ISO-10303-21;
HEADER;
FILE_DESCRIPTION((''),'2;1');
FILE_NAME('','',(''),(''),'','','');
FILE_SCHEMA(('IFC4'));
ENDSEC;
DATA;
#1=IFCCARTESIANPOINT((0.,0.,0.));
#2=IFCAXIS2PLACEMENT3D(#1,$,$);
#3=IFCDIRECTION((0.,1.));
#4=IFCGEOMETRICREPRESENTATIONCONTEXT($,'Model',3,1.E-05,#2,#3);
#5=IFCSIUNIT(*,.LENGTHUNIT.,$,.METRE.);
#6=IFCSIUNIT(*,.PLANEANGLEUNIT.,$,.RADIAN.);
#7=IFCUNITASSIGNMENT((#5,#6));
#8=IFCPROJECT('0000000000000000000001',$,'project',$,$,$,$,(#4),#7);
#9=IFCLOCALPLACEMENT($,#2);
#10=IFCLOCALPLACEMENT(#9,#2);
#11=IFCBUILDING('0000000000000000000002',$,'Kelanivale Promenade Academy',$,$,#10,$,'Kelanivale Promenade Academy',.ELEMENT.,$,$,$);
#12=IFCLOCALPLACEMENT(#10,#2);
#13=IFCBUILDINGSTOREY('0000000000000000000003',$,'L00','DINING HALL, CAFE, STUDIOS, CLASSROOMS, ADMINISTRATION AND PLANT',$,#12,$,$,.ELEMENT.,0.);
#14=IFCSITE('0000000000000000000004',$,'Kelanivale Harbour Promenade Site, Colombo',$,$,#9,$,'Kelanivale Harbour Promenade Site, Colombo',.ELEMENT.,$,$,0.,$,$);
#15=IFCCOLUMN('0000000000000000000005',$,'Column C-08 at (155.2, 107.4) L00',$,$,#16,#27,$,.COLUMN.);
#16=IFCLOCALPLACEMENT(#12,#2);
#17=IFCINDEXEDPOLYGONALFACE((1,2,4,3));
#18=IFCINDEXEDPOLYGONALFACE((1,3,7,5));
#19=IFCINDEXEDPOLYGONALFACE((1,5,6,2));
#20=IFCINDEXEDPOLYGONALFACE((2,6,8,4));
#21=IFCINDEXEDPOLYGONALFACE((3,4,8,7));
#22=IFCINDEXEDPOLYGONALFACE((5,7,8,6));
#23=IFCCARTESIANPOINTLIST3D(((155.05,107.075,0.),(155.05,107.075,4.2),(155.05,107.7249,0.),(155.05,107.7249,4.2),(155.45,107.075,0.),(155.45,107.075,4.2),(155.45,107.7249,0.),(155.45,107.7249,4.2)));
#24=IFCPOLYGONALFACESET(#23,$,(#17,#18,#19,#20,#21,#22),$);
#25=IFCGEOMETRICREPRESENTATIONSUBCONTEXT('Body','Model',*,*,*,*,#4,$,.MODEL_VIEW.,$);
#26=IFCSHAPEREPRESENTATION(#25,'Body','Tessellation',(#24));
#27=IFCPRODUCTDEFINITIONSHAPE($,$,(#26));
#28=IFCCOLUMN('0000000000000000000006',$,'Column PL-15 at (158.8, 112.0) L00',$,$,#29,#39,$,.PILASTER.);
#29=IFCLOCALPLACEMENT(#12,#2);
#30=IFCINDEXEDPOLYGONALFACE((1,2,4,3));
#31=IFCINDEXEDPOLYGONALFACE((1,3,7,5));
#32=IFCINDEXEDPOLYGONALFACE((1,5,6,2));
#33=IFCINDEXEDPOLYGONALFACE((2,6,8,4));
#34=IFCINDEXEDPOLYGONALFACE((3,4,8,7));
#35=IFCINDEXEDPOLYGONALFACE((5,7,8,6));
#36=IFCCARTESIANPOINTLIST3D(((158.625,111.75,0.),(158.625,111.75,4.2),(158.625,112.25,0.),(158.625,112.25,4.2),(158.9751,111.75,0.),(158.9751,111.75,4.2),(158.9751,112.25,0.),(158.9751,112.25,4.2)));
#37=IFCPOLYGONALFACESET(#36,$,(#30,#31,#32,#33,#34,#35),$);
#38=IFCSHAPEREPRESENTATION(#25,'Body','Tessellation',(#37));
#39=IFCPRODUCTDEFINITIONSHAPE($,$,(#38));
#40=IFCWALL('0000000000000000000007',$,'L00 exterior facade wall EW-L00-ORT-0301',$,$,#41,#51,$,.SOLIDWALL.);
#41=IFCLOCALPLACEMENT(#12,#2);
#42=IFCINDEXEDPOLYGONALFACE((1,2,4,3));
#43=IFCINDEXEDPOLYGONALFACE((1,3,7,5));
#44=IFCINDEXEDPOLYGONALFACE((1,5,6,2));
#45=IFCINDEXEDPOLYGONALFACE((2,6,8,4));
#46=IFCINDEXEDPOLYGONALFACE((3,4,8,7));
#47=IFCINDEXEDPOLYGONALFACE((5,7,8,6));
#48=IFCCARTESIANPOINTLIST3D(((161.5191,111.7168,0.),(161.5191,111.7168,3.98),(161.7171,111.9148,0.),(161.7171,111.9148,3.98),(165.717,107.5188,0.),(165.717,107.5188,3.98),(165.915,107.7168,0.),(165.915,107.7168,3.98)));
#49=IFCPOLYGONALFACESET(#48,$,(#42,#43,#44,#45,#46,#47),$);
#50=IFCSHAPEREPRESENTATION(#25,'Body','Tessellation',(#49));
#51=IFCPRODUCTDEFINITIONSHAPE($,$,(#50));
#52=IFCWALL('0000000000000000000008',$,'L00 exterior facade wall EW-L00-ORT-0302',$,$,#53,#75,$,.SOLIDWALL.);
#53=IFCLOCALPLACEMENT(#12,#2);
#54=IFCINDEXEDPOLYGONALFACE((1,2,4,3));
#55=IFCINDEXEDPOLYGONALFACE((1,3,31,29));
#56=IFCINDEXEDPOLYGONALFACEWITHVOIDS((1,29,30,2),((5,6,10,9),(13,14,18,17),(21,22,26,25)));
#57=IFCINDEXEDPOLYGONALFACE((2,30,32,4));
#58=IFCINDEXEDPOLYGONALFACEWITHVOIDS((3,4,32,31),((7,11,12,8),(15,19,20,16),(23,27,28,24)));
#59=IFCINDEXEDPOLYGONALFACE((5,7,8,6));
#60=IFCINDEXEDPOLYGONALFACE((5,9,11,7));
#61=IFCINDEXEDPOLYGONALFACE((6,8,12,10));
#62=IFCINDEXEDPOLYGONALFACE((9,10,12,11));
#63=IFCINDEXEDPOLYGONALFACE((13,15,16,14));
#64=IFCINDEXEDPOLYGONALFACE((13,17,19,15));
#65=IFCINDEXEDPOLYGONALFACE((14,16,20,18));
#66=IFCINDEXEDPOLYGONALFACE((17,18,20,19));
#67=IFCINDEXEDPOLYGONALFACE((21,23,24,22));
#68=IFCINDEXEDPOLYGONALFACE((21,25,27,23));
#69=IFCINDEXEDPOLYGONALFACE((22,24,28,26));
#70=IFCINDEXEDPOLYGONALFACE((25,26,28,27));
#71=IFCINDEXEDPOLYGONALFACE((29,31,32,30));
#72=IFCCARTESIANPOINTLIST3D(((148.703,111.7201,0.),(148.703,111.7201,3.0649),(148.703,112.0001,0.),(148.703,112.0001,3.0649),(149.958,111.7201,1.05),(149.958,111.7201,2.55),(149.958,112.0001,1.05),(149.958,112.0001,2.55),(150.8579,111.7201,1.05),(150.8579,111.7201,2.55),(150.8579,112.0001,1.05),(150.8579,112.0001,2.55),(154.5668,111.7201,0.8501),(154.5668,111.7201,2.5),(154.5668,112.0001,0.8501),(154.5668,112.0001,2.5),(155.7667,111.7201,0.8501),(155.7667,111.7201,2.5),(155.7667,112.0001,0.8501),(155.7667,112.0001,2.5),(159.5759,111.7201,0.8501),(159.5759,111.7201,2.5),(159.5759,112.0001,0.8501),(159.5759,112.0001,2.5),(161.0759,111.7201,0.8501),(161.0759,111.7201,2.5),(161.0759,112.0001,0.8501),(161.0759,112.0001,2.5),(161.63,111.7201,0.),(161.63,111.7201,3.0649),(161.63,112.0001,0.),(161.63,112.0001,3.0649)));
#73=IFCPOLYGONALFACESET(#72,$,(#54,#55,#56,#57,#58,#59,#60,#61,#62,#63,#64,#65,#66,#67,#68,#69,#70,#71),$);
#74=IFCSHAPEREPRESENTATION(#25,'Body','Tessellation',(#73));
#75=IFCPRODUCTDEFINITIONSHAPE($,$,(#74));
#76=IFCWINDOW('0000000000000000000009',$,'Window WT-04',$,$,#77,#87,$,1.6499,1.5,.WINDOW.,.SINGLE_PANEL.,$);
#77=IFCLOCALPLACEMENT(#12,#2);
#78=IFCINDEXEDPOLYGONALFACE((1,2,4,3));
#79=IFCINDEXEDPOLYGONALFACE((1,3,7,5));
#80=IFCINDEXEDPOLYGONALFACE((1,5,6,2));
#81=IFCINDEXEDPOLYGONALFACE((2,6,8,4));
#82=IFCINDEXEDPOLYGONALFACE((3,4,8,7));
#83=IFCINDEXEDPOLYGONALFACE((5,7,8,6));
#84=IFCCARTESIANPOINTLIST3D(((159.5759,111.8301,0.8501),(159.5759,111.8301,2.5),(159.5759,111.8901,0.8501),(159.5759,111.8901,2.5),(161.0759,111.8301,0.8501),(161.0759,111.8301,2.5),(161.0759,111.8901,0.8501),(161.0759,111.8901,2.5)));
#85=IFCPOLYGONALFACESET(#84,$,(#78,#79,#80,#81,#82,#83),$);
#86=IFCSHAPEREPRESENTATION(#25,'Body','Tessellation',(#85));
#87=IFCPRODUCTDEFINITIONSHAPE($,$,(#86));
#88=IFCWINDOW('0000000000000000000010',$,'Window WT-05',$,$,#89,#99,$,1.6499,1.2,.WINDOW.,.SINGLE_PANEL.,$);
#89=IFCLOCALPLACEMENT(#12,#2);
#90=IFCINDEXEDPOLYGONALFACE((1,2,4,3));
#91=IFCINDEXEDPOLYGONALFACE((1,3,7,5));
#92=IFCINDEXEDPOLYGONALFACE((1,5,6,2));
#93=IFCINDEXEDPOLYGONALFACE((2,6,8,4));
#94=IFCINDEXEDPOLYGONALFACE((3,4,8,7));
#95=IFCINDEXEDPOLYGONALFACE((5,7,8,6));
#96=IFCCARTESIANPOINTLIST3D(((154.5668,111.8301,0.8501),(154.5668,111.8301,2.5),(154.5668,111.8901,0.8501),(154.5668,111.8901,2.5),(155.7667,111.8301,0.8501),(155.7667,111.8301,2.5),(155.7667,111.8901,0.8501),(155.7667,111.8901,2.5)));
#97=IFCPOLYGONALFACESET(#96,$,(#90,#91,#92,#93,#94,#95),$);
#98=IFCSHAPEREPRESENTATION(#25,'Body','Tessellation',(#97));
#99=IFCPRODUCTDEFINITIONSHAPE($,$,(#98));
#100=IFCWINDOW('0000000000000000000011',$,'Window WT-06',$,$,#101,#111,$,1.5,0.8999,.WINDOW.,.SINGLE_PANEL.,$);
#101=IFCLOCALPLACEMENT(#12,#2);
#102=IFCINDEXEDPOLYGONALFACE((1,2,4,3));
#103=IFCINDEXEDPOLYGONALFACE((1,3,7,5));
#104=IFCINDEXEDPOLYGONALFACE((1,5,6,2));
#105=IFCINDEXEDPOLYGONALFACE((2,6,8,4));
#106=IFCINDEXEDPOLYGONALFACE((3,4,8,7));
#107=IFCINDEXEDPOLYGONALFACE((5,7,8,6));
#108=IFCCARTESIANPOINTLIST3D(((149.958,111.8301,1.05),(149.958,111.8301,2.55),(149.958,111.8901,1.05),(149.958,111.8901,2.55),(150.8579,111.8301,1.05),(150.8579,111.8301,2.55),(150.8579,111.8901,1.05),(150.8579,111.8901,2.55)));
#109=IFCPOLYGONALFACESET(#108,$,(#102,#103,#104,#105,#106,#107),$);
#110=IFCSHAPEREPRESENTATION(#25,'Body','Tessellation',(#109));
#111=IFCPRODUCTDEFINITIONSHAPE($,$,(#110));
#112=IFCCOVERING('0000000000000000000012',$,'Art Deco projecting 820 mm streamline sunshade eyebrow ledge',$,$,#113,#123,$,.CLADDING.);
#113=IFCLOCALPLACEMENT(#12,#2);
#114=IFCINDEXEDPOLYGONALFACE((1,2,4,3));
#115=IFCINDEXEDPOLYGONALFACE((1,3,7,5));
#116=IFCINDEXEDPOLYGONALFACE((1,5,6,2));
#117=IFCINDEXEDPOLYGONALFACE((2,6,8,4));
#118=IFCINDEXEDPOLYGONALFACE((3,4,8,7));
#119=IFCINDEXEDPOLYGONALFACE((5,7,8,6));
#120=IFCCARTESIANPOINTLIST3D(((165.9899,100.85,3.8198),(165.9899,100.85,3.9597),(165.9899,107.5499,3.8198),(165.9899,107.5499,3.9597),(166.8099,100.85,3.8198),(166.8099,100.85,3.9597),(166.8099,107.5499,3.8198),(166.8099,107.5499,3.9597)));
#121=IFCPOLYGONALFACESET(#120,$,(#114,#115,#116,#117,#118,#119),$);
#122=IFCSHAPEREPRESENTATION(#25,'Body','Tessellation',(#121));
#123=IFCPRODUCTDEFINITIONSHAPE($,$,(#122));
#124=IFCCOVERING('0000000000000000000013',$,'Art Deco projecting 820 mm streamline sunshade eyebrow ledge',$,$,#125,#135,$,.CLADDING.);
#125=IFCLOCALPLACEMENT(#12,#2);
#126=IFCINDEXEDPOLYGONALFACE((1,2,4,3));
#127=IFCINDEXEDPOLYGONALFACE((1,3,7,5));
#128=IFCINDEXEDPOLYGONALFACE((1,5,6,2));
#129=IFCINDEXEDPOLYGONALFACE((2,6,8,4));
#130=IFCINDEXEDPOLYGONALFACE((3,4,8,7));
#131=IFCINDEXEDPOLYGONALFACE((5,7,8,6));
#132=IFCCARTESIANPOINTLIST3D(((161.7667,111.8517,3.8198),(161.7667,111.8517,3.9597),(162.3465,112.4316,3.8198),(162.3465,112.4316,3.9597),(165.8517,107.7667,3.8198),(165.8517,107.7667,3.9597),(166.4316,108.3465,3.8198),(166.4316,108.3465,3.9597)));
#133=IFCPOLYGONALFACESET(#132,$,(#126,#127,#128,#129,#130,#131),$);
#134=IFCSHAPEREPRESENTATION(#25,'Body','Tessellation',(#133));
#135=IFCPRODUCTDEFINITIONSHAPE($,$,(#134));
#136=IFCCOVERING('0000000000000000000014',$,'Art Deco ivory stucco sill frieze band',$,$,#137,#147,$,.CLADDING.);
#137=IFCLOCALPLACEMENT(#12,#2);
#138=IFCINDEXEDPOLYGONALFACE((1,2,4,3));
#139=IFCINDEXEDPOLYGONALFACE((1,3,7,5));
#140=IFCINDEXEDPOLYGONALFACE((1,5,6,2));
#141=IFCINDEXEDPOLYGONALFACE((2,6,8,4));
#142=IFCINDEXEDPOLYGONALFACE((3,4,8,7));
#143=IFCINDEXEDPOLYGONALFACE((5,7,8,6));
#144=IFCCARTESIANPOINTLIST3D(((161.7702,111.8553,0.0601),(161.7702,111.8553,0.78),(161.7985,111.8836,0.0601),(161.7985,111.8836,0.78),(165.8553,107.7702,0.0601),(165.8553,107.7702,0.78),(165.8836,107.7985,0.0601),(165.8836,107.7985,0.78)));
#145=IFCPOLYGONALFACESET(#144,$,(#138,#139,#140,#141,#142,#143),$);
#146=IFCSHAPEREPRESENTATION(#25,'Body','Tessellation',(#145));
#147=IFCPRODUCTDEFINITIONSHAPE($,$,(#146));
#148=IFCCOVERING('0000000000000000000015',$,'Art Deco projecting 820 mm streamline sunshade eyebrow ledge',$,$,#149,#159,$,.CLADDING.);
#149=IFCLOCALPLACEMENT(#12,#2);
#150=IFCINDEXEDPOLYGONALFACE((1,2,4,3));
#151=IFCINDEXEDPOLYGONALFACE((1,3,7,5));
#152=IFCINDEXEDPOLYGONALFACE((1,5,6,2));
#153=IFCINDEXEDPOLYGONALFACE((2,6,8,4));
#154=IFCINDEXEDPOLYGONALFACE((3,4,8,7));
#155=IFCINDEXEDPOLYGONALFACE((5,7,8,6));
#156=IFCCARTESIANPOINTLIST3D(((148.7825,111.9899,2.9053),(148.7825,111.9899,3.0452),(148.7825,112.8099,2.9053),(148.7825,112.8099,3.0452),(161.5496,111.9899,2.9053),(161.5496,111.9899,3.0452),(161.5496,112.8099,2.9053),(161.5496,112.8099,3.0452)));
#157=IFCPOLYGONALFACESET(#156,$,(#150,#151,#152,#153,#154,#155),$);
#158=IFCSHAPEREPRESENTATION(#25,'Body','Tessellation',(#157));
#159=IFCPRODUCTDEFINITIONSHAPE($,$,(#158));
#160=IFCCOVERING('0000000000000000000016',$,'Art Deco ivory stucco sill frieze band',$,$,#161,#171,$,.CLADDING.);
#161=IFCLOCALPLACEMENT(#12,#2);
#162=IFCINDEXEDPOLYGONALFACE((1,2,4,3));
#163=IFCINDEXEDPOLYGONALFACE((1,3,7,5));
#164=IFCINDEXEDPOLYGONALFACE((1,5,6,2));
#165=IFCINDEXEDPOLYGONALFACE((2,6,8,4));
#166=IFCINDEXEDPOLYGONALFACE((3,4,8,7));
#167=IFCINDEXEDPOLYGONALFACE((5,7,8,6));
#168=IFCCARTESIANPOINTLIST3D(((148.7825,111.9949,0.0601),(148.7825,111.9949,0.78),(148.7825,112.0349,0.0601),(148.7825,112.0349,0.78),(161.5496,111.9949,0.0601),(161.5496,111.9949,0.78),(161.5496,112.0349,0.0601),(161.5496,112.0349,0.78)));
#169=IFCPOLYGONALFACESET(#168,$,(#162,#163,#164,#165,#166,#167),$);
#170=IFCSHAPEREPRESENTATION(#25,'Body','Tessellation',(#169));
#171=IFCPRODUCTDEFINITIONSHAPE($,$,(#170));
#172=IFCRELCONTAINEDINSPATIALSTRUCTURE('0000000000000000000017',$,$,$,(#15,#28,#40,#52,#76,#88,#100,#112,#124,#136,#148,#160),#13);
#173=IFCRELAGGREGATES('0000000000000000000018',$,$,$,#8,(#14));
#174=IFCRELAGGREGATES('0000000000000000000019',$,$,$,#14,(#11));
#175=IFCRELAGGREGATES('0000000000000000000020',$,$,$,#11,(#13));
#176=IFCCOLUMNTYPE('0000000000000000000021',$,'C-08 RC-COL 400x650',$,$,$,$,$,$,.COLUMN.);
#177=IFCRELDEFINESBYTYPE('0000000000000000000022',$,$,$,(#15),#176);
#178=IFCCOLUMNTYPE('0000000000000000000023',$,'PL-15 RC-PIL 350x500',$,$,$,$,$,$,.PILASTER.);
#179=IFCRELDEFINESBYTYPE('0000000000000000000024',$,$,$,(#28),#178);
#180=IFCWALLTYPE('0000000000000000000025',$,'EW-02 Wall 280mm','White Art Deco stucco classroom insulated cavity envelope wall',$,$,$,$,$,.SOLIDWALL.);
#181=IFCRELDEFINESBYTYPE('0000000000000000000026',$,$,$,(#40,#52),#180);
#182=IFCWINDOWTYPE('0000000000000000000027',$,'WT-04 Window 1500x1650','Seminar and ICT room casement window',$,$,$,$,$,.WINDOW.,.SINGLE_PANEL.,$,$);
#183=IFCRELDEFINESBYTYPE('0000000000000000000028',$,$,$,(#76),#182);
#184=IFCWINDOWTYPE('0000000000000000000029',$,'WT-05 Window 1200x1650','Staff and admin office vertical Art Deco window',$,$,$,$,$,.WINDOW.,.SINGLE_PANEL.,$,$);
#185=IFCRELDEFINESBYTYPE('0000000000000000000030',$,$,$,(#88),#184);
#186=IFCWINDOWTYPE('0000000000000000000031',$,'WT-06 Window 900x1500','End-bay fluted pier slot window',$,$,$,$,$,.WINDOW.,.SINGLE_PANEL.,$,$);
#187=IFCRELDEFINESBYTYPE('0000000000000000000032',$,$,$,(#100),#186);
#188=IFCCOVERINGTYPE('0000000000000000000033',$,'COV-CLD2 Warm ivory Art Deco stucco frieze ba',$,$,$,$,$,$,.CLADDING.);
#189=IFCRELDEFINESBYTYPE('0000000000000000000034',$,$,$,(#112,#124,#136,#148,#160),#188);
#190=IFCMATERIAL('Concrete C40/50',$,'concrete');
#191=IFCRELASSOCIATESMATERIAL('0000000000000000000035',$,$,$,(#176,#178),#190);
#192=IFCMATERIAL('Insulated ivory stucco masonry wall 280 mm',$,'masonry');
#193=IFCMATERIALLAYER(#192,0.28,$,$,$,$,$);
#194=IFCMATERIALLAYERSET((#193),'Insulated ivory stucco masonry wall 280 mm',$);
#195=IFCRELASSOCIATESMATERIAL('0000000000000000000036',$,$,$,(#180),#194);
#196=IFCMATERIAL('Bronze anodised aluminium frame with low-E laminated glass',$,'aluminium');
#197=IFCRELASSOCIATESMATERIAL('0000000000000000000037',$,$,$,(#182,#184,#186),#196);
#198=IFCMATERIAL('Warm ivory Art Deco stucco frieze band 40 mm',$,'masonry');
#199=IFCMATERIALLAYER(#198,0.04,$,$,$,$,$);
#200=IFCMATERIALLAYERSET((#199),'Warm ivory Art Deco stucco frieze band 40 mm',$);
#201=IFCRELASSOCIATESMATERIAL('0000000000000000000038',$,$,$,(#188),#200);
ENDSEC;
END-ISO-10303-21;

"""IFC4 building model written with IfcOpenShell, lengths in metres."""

from ifc_helpers import new_model, si_unit, direction, frame, frame_2d, origin, origin_2d, place, context, subcontext, project, spatial, rectangle, extrude, material, layer, layer_set, material_profile, profile_set, type_object, element, fill, save


model = new_model("IFC4")

# Units and contexts
model_context = context("Model", 3, precision=1e-05, world=origin(), true_north=direction((0.0, 1.0)))
body_context = subcontext(model_context, "Body", "Model", "MODEL_VIEW")
ifc_project = project(units=[si_unit("LENGTHUNIT", "METRE"), si_unit("PLANEANGLEUNIT", "RADIAN")], contexts=[model_context])

# Site, building, storey
site_placement = place(None, origin())
site = spatial("IfcSite", under=ifc_project, at=site_placement, Name="Kelanivale Harbour Promenade Site, Colombo", LongName="Kelanivale Harbour Promenade Site, Colombo", CompositionType="ELEMENT", RefElevation=0.0)
building_placement = place(site_placement, origin())
building = spatial("IfcBuilding", under=site, at=building_placement, Name="Kelanivale Promenade Academy", LongName="Kelanivale Promenade Academy", CompositionType="ELEMENT")
storey_placement = place(building_placement, origin())
storey = spatial("IfcBuildingStorey", under=building, at=storey_placement, Name="L00", Description="DINING HALL, CAFE, STUDIOS, CLASSROOMS, ADMINISTRATION AND PLANT", CompositionType="ELEMENT", Elevation=0.0)

# Columns
ifc_material_1 = material(Name="Concrete C40/50", Category="concrete")
ifc_material_profile_1 = material_profile(ifc_material_1, rectangle(XDim=0.3999, YDim=0.6499, at=origin_2d()), Name="RC-COL 400x650")
ifc_profile_set_1 = profile_set([ifc_material_profile_1], Name="Concrete C40/50")
column_type_1 = type_object("IfcColumnType", Name="C-08 RC-COL 400x650", PredefinedType="COLUMN", material=ifc_profile_set_1)
column_1_placement = place(storey_placement, frame((155.25, 107.3999, 0.0), z_axis=(0.0, 0.0, 1.0), x_axis=(1.0, 0.0, 0.0)))
element("IfcColumn", 1, at=column_1_placement, inside=storey, type_object=column_type_1, Name="Column C-08 at (155.2, 107.4) L00", PredefinedType="COLUMN", context=body_context, shape_type="SweptSolid", body=[
    extrude(rectangle(XDim=0.3999, YDim=0.6499, at=origin_2d()), origin(), (0.0, 0.0, 1.0), 4.2),
])
ifc_material_profile_2 = material_profile(ifc_material_1, rectangle(XDim=0.3501, YDim=0.5, at=origin_2d()), Name="RC-PIL 350x500")
ifc_profile_set_2 = profile_set([ifc_material_profile_2], Name="Concrete C40/50")
column_type_2 = type_object("IfcColumnType", Name="PL-15 RC-PIL 350x500", PredefinedType="PILASTER", material=ifc_profile_set_2)
column_2_placement = place(storey_placement, frame((158.8, 112.0, 0.0), z_axis=(0.0, 0.0, 1.0), x_axis=(1.0, 0.0, 0.0)))
element("IfcColumn", 2, at=column_2_placement, inside=storey, type_object=column_type_2, Name="Column PL-15 at (158.8, 112.0) L00", PredefinedType="PILASTER", context=body_context, shape_type="SweptSolid", body=[
    extrude(rectangle(XDim=0.3501, YDim=0.5, at=origin_2d()), origin(), (0.0, 0.0, 1.0), 4.2),
])

# Wall
ifc_material_2 = material(Name="Insulated ivory stucco masonry wall 280 mm", Category="masonry")
ifc_layer_1 = layer(ifc_material_2, 0.28)
ifc_layer_set_1 = layer_set([ifc_layer_1], Name="Insulated ivory stucco masonry wall 280 mm")
wall_type = type_object("IfcWallType", Name="EW-02 Wall 280mm", Description="White Art Deco stucco classroom insulated cavity envelope wall", PredefinedType="SOLIDWALL", material=ifc_layer_set_1)
wall_1_placement = place(storey_placement, frame((165.8159, 107.6179, 0.0), z_axis=(0.0, 0.0, 1.0), x_axis=(-0.707107, 0.707107, 0.0)))
element("IfcWall", 3, at=wall_1_placement, inside=storey, type_object=wall_type, Name="L00 exterior facade wall EW-L00-ORT-0301", PredefinedType="SOLIDWALL", context=body_context, shape_type="SweptSolid", body=[
    extrude(rectangle(XDim=5.9368, YDim=0.28, at=frame_2d((2.9683, 0.0))), origin(), (0.0, 0.0, 1.0), 3.98),
])

# Wall, openings, windows
wall_2_placement = place(storey_placement, frame((161.6299, 111.8601, 0.0), z_axis=(0.0, 0.0, 1.0), x_axis=(-1.0, 0.0, 0.0)))
wall_2 = element("IfcWall", 4, at=wall_2_placement, inside=storey, type_object=wall_type, Name="L00 exterior facade wall EW-L00-ORT-0302", PredefinedType="SOLIDWALL", context=body_context, shape_type="SweptSolid", body=[
    extrude(rectangle(XDim=12.927, YDim=0.28, at=frame_2d((6.4634, 0.0))), origin(), (0.0, 0.0, 1.0), 3.0649),
])
opening_1_placement = place(wall_2_placement, frame((0.554, 0.0, 0.8501)))
opening_1 = element("IfcOpeningElement", 5, at=opening_1_placement, cuts=wall_2, PredefinedType="OPENING", context=body_context, shape_type="SweptSolid", body=[
    extrude(rectangle(XDim=1.5, YDim=1.6499, at=frame_2d((0.75, 0.825))), frame((0.0, 0.1499, 0.0), z_axis=(0.0, -1.0, 0.0), x_axis=(1.0, 0.0, 0.0)), (0.0, 0.0, 1.0), 0.3),
])
opening_2_placement = place(wall_2_placement, frame((5.863, 0.0, 0.8501)))
opening_2 = element("IfcOpeningElement", 6, at=opening_2_placement, cuts=wall_2, PredefinedType="OPENING", context=body_context, shape_type="SweptSolid", body=[
    extrude(rectangle(XDim=1.2, YDim=1.6499, at=frame_2d((0.6001, 0.825))), frame((0.0, 0.1499, 0.0), z_axis=(0.0, -1.0, 0.0), x_axis=(1.0, 0.0, 0.0)), (0.0, 0.0, 1.0), 0.3),
])
opening_3_placement = place(wall_2_placement, frame((10.772, 0.0, 1.05)))
opening_3 = element("IfcOpeningElement", 7, at=opening_3_placement, cuts=wall_2, PredefinedType="OPENING", context=body_context, shape_type="SweptSolid", body=[
    extrude(rectangle(XDim=0.8999, YDim=1.5, at=frame_2d((0.45, 0.75))), frame((0.0, 0.1499, 0.0), z_axis=(0.0, -1.0, 0.0), x_axis=(1.0, 0.0, 0.0)), (0.0, 0.0, 1.0), 0.3),
])
ifc_material_3 = material(Name="Bronze anodised aluminium frame with low-E laminated glass", Category="aluminium")
window_type_1 = type_object("IfcWindowType", Name="WT-04 Window 1500x1650", Description="Seminar and ICT room casement window", PartitioningType="SINGLE_PANEL", PredefinedType="WINDOW", material=ifc_material_3)
window_1_placement = place(opening_1_placement, origin())
window_1 = element("IfcWindow", 8, at=window_1_placement, inside=storey, type_object=window_type_1, Name="Window WT-04", OverallHeight=1.6499, OverallWidth=1.5, PartitioningType="SINGLE_PANEL", PredefinedType="WINDOW", context=body_context, shape_type="SweptSolid", body=[
    extrude(rectangle(XDim=1.5, YDim=1.6499, at=frame_2d((0.75, 0.825))), frame((0.0, 0.03, 0.0), z_axis=(0.0, -1.0, 0.0), x_axis=(1.0, 0.0, 0.0)), (0.0, 0.0, 1.0), 0.0601),
])
fill(opening_1, window_1)
window_type_2 = type_object("IfcWindowType", Name="WT-05 Window 1200x1650", Description="Staff and admin office vertical Art Deco window", PartitioningType="SINGLE_PANEL", PredefinedType="WINDOW", material=ifc_material_3)
window_2_placement = place(opening_2_placement, origin())
window_2 = element("IfcWindow", 9, at=window_2_placement, inside=storey, type_object=window_type_2, Name="Window WT-05", OverallHeight=1.6499, OverallWidth=1.2, PartitioningType="SINGLE_PANEL", PredefinedType="WINDOW", context=body_context, shape_type="SweptSolid", body=[
    extrude(rectangle(XDim=1.2, YDim=1.6499, at=frame_2d((0.6001, 0.825))), frame((0.0, 0.03, 0.0), z_axis=(0.0, -1.0, 0.0), x_axis=(1.0, 0.0, 0.0)), (0.0, 0.0, 1.0), 0.0601),
])
fill(opening_2, window_2)
window_type_3 = type_object("IfcWindowType", Name="WT-06 Window 900x1500", Description="End-bay fluted pier slot window", PartitioningType="SINGLE_PANEL", PredefinedType="WINDOW", material=ifc_material_3)
window_3_placement = place(opening_3_placement, origin())
window_3 = element("IfcWindow", 10, at=window_3_placement, inside=storey, type_object=window_type_3, Name="Window WT-06", OverallHeight=1.5, OverallWidth=0.8999, PartitioningType="SINGLE_PANEL", PredefinedType="WINDOW", context=body_context, shape_type="SweptSolid", body=[
    extrude(rectangle(XDim=0.8999, YDim=1.5, at=frame_2d((0.45, 0.75))), frame((0.0, 0.03, 0.0), z_axis=(0.0, -1.0, 0.0), x_axis=(1.0, 0.0, 0.0)), (0.0, 0.0, 1.0), 0.0601),
])
fill(opening_3, window_3)

# Coverings
ifc_material_4 = material(Name="Warm ivory Art Deco stucco frieze band 40 mm", Category="masonry")
ifc_layer_2 = layer(ifc_material_4, 0.04)
ifc_layer_set_2 = layer_set([ifc_layer_2], Name="Warm ivory Art Deco stucco frieze band 40 mm")
covering_type = type_object("IfcCoveringType", Name="COV-CLD2 Warm ivory Art Deco stucco frieze ba", PredefinedType="CLADDING", material=ifc_layer_set_2)
covering_1_placement = place(storey_placement, frame((166.3999, 104.2, 3.8198), z_axis=(0.0, 0.0, 1.0), x_axis=(0.0, 1.0, 0.0)))
element("IfcCovering", 11, at=covering_1_placement, inside=storey, type_object=covering_type, Name="Art Deco projecting 820 mm streamline sunshade eyebrow ledge", PredefinedType="CLADDING", context=body_context, shape_type="SweptSolid", body=[
    extrude(rectangle(XDim=6.7, YDim=0.8201, at=origin_2d()), origin(), (0.0, 0.0, 1.0), 0.1399),
])
covering_2_placement = place(storey_placement, frame((164.0991, 110.0991, 3.8198), z_axis=(0.0, 0.0, 1.0), x_axis=(-0.707107, 0.707107, 0.0)))
element("IfcCovering", 12, at=covering_2_placement, inside=storey, type_object=covering_type, Name="Art Deco projecting 820 mm streamline sunshade eyebrow ledge", PredefinedType="CLADDING", context=body_context, shape_type="SweptSolid", body=[
    extrude(rectangle(XDim=5.7771, YDim=0.8201, at=origin_2d()), origin(), (0.0, 0.0, 1.0), 0.1399),
])
covering_3_placement = place(storey_placement, frame((163.8269, 109.8269, 0.0601), z_axis=(0.0, 0.0, 1.0), x_axis=(-0.707107, 0.707107, 0.0)))
element("IfcCovering", 13, at=covering_3_placement, inside=storey, type_object=covering_type, Name="Art Deco ivory stucco sill frieze band", PredefinedType="CLADDING", context=body_context, shape_type="SweptSolid", body=[
    extrude(rectangle(XDim=5.7771, YDim=0.04, at=origin_2d()), origin(), (0.0, 0.0, 1.0), 0.72),
])
covering_4_placement = place(storey_placement, frame((155.166, 112.3999, 2.9053), z_axis=(0.0, 0.0, 1.0), x_axis=(-1.0, 0.0, 0.0)))
element("IfcCovering", 14, at=covering_4_placement, inside=storey, type_object=covering_type, Name="Art Deco projecting 820 mm streamline sunshade eyebrow ledge", PredefinedType="CLADDING", context=body_context, shape_type="SweptSolid", body=[
    extrude(rectangle(XDim=12.7671, YDim=0.8201, at=origin_2d()), origin(), (0.0, 0.0, 1.0), 0.1399),
])
covering_5_placement = place(storey_placement, frame((155.166, 112.0149, 0.0601), z_axis=(0.0, 0.0, 1.0), x_axis=(-1.0, 0.0, 0.0)))
element("IfcCovering", 15, at=covering_5_placement, inside=storey, type_object=covering_type, Name="Art Deco ivory stucco sill frieze band", PredefinedType="CLADDING", context=body_context, shape_type="SweptSolid", body=[
    extrude(rectangle(XDim=12.7671, YDim=0.04, at=origin_2d()), origin(), (0.0, 0.0, 1.0), 0.72),
])

save(model, "model.ifc")
